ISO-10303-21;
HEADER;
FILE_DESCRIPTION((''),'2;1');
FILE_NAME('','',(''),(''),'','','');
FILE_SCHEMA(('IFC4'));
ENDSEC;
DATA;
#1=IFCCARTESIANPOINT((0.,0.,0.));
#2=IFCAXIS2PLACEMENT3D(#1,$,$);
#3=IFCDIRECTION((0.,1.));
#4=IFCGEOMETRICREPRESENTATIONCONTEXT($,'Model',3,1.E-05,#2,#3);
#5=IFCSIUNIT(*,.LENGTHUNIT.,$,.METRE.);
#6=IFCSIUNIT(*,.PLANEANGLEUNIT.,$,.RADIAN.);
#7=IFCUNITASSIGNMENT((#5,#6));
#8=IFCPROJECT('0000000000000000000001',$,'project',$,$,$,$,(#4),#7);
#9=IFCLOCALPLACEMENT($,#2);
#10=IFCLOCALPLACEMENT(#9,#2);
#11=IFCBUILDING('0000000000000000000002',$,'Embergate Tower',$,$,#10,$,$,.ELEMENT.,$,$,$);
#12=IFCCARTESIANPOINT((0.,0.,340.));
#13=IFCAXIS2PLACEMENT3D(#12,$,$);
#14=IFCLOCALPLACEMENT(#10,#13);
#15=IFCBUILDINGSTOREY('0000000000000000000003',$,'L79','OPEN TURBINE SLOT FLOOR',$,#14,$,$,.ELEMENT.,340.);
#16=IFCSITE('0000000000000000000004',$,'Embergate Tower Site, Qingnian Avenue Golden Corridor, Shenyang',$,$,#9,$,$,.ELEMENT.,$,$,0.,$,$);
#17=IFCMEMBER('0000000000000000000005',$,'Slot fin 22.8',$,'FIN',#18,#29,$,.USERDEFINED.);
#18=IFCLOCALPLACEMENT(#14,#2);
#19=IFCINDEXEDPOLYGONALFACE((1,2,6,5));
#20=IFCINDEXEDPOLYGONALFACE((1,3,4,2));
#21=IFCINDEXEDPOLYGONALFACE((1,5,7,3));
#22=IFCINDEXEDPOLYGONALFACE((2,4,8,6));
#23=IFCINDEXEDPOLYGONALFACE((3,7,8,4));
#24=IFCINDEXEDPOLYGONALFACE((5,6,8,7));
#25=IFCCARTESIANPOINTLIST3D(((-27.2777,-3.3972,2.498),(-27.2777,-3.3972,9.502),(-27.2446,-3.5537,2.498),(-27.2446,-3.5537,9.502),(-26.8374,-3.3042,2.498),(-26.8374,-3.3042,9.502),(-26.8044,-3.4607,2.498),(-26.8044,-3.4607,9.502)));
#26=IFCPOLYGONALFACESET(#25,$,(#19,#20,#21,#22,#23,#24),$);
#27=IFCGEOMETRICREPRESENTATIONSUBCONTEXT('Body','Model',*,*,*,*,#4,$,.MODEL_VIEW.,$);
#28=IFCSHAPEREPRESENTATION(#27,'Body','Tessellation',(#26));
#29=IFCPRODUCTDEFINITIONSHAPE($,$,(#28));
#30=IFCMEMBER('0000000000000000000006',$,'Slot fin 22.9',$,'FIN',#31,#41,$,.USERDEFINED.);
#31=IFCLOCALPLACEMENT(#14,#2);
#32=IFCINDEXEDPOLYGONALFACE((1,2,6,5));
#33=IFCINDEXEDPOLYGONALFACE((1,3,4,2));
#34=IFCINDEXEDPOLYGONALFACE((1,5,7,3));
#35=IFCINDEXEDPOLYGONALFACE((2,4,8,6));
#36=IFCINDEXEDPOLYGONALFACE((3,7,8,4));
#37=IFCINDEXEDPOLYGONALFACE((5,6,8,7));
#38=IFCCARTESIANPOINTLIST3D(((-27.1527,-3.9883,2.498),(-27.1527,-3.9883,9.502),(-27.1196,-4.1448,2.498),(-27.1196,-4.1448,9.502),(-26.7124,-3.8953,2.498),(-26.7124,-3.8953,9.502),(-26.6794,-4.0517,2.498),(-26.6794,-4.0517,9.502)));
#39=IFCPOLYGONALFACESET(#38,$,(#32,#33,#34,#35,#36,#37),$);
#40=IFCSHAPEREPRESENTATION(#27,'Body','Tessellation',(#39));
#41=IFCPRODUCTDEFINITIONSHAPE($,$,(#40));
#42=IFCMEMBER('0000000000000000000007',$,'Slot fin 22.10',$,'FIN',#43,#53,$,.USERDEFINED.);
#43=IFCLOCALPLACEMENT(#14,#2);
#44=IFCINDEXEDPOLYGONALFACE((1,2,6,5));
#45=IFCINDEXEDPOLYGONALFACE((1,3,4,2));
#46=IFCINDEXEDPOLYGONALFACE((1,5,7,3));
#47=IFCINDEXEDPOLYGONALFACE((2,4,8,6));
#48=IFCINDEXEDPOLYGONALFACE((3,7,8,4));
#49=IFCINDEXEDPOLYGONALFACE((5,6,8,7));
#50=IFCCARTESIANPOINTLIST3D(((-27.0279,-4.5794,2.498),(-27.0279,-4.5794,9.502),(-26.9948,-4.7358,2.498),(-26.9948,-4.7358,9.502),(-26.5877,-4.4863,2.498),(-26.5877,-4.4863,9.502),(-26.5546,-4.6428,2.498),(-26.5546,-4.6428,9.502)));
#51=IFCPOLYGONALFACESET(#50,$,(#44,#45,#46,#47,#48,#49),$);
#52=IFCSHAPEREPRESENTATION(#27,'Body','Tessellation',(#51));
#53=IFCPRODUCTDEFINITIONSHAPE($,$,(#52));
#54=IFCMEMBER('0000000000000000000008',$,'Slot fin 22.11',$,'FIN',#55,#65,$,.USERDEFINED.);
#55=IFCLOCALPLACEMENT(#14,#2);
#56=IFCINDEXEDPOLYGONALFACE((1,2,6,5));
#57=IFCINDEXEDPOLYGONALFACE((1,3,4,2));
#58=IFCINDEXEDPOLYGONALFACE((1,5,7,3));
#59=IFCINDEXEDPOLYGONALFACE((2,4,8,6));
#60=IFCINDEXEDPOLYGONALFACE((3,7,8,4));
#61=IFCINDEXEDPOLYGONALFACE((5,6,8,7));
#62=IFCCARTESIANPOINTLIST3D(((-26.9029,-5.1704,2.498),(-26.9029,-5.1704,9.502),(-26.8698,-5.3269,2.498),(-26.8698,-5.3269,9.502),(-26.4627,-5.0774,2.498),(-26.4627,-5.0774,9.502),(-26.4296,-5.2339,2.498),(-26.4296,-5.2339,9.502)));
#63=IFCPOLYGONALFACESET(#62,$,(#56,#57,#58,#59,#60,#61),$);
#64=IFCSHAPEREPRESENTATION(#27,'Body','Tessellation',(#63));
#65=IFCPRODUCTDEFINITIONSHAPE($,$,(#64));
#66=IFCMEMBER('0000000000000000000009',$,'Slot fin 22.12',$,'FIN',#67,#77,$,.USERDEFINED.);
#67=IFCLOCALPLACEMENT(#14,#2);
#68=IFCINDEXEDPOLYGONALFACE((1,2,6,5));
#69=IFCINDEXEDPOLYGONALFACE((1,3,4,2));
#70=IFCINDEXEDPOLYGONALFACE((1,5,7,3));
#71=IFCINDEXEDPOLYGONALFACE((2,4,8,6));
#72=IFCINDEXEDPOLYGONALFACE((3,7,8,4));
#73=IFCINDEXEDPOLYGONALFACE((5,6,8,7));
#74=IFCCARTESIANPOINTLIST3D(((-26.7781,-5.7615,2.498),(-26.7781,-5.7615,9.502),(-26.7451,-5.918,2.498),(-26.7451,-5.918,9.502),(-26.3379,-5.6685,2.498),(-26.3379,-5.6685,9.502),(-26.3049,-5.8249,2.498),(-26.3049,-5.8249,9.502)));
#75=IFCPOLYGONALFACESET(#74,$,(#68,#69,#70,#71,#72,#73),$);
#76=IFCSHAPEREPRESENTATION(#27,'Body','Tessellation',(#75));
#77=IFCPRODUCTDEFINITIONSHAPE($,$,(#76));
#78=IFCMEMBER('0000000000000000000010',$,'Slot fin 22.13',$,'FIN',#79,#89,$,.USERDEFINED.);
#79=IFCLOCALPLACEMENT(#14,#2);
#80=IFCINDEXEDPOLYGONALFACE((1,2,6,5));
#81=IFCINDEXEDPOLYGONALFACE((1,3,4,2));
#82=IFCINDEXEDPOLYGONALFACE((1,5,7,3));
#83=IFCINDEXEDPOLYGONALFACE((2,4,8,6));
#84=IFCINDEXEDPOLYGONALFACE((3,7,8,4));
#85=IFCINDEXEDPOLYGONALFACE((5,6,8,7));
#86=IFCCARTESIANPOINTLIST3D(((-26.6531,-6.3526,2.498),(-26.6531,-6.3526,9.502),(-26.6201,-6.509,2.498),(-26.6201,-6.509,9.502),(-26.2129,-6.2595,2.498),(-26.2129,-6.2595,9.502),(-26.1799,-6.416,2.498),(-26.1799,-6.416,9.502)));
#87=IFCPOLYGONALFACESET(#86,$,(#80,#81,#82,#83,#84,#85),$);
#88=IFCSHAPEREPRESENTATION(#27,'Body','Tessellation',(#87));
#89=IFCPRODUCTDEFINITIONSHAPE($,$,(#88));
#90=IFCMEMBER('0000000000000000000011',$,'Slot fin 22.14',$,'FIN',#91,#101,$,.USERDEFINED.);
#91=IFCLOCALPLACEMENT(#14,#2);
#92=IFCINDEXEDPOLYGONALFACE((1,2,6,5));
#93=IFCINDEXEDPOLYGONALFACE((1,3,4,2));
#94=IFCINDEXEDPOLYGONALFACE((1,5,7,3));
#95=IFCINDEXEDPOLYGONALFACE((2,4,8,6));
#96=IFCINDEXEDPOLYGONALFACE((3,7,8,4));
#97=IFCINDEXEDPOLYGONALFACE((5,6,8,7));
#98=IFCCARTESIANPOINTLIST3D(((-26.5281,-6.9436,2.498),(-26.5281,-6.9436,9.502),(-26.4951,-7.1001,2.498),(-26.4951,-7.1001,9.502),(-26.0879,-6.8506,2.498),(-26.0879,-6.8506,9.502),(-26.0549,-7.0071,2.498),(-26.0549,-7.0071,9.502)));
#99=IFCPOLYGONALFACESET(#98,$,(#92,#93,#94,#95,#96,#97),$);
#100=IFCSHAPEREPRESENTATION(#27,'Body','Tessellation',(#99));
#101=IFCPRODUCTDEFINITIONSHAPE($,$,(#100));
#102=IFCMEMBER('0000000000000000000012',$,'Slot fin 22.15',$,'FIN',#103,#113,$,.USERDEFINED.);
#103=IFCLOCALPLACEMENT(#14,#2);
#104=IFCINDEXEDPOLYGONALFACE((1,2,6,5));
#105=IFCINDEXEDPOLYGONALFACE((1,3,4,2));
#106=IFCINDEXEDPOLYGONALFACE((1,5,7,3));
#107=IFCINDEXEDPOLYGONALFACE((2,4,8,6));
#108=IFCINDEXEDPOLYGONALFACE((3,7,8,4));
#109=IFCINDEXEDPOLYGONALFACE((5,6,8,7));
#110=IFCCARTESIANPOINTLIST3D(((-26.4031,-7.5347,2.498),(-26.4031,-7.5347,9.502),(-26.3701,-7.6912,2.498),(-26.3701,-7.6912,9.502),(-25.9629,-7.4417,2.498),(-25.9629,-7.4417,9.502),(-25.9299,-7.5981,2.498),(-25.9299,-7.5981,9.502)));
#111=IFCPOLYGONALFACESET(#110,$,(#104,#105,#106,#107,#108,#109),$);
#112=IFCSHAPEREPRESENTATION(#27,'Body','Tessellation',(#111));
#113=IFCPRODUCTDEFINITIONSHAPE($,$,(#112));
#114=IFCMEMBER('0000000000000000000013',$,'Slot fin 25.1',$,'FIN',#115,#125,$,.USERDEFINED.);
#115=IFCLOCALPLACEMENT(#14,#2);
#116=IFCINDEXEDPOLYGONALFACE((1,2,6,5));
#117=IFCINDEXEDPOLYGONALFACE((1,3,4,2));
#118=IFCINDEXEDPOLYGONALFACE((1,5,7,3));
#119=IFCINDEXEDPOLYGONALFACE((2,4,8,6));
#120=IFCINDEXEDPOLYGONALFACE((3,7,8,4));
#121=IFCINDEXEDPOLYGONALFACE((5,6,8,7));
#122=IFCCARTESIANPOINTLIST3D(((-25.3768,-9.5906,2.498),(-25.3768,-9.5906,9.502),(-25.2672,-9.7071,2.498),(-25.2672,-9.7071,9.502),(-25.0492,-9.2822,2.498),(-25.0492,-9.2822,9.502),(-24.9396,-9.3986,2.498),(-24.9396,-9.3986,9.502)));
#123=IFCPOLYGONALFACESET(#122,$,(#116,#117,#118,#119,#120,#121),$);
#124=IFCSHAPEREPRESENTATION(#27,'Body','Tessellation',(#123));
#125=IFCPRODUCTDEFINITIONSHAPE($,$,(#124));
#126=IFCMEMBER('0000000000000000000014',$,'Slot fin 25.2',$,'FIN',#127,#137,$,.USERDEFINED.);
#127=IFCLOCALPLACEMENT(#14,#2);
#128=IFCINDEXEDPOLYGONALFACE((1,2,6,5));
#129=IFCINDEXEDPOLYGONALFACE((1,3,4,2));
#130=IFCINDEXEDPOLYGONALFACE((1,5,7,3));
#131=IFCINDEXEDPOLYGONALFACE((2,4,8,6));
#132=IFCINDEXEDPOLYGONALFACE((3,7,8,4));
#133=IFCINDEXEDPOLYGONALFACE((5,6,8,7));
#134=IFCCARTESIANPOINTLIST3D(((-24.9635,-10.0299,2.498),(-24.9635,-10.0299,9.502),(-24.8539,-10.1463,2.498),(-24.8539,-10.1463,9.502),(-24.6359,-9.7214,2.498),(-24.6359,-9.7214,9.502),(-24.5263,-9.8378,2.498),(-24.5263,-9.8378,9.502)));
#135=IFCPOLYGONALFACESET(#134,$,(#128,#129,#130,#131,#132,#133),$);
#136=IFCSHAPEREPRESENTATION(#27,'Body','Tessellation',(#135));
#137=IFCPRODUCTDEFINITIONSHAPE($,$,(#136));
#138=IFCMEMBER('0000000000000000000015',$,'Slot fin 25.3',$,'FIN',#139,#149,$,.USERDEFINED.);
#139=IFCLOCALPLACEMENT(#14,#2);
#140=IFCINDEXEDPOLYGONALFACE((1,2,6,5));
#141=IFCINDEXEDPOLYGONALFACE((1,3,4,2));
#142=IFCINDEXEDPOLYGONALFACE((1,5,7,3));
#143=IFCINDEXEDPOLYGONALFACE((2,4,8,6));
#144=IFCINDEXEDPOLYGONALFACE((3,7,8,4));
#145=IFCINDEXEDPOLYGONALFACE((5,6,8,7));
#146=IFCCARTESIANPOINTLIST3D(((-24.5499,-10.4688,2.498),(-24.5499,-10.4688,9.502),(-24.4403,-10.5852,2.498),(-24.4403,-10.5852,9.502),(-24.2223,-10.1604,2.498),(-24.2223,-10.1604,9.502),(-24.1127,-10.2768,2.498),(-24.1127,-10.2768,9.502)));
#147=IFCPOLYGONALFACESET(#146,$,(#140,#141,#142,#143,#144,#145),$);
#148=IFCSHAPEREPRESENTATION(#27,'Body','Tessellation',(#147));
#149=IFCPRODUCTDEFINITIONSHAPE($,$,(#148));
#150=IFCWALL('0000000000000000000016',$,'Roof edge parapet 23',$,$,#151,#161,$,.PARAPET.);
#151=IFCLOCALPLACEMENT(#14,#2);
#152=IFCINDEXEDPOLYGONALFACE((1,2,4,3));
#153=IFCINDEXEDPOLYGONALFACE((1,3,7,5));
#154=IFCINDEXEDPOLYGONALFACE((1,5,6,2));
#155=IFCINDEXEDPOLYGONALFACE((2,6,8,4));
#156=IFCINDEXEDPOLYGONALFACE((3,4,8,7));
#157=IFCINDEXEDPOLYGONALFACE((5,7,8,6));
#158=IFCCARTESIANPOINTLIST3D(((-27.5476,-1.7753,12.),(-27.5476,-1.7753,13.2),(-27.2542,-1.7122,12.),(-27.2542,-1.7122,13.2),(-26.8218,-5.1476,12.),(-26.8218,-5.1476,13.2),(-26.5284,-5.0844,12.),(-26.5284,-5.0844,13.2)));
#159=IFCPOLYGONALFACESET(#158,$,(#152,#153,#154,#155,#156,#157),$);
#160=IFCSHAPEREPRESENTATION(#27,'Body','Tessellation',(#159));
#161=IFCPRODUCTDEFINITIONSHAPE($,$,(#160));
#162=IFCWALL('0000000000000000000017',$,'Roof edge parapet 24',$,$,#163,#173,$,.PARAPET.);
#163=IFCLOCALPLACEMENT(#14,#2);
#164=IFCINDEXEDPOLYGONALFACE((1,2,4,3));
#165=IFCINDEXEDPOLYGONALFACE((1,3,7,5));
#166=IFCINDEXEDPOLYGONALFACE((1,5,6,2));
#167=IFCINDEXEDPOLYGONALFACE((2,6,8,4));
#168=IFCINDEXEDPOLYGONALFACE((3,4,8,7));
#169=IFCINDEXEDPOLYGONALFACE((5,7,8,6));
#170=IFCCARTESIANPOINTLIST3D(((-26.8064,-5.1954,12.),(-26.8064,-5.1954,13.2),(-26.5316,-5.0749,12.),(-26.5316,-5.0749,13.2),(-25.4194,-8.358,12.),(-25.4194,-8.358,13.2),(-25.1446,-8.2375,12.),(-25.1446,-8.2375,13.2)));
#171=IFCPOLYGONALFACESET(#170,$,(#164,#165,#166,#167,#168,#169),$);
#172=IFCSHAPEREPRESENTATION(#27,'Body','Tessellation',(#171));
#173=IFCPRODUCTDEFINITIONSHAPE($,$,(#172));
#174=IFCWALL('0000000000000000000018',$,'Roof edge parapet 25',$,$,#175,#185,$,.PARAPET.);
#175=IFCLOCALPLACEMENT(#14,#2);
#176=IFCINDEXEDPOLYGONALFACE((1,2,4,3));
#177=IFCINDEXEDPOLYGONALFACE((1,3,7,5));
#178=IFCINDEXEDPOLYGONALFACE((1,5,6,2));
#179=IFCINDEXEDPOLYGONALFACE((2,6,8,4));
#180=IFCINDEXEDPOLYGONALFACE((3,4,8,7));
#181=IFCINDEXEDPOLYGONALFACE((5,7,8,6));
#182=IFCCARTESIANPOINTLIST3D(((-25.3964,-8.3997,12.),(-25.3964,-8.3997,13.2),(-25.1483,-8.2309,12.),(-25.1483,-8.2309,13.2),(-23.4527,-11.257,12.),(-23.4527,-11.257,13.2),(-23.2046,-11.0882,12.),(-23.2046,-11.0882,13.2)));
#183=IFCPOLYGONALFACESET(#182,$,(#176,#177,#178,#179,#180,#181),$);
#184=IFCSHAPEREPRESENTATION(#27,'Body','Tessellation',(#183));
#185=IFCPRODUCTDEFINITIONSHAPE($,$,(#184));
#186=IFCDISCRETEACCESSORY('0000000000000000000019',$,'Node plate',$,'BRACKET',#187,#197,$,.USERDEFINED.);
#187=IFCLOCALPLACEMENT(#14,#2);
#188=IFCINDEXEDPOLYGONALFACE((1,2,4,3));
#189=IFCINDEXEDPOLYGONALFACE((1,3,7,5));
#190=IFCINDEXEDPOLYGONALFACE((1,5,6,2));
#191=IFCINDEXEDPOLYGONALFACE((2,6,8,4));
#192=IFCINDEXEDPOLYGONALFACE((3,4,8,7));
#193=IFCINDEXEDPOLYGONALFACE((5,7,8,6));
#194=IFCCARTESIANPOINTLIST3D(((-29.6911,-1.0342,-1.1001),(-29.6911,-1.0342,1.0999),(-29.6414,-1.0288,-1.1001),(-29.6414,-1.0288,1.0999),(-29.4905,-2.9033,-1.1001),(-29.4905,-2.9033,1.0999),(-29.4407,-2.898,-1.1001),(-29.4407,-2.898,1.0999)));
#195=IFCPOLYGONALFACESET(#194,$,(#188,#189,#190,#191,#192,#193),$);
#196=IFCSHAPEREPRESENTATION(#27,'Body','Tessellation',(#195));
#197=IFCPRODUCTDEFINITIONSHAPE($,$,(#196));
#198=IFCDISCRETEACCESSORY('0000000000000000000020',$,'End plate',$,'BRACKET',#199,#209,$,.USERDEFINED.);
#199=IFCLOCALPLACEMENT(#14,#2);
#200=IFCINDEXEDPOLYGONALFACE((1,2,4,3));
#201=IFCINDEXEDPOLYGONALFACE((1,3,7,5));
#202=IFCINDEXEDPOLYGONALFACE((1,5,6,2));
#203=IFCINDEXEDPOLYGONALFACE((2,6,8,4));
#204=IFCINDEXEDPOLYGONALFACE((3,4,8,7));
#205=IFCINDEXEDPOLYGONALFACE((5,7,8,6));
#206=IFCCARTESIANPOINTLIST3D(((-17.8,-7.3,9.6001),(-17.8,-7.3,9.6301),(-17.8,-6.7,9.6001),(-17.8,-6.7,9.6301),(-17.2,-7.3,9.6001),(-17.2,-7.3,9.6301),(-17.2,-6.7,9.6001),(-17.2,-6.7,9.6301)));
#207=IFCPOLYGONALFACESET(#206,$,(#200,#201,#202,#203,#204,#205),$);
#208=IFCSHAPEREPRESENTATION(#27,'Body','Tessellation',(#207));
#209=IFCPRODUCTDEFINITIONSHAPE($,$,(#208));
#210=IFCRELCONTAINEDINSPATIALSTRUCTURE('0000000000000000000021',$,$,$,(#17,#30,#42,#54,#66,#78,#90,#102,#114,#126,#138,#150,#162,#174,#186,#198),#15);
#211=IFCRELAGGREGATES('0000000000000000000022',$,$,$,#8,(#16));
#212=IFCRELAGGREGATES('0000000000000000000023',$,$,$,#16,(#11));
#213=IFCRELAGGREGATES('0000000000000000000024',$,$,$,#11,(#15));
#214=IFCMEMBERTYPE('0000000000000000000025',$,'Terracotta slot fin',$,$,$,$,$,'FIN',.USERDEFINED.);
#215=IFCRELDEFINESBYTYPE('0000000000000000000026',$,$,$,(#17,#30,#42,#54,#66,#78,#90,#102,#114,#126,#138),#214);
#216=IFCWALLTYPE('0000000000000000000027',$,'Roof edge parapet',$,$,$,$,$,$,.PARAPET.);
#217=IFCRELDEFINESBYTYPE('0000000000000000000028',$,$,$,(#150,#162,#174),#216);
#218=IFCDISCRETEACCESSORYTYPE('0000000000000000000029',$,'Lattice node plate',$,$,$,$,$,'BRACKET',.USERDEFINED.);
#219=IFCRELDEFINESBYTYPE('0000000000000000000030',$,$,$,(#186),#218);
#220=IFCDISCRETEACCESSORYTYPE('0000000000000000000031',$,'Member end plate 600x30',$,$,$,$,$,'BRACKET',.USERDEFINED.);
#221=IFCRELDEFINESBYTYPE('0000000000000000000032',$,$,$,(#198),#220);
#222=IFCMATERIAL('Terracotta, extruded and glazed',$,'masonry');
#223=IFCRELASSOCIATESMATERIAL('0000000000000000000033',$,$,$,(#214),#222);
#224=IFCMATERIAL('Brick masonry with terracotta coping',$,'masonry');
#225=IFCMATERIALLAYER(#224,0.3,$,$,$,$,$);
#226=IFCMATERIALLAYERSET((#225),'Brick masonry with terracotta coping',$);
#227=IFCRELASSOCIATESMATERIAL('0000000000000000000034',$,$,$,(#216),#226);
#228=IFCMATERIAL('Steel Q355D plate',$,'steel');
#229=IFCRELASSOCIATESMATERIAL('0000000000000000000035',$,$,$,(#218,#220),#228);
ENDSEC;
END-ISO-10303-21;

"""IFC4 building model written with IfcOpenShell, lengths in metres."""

from ifc_helpers import new_model, si_unit, direction, frame, frame_2d, origin, origin_2d, place, context, subcontext, project, spatial, rectangle, extrude, source, transform, mapped, material, layer, layer_set, material_profile, profile_set, type_object, element, save


model = new_model("IFC4")

# Units and contexts
model_context = context("Model", 3, precision=1e-05, world=origin(), true_north=direction((0.0, 1.0)))
body_context = subcontext(model_context, "Body", "Model", "MODEL_VIEW")
ifc_project = project(units=[si_unit("LENGTHUNIT", "METRE"), si_unit("PLANEANGLEUNIT", "RADIAN")], contexts=[model_context])

# Site, building, storey
site_placement = place(None, origin())
site = spatial("IfcSite", under=ifc_project, at=site_placement, Name="Embergate Tower Site, Qingnian Avenue Golden Corridor, Shenyang", CompositionType="ELEMENT", RefElevation=0.0)
building_placement = place(site_placement, origin())
building = spatial("IfcBuilding", under=site, at=building_placement, Name="Embergate Tower", CompositionType="ELEMENT")
storey_placement = place(building_placement, frame((0.0, 0.0, 340.0)))
storey = spatial("IfcBuildingStorey", under=building, at=storey_placement, Name="L79", Description="OPEN TURBINE SLOT FLOOR", CompositionType="ELEMENT", Elevation=340.0)

# Members
ifc_material_1 = material(Name="Terracotta, extruded and glazed", Category="masonry")
ifc_material_profile_1 = material_profile(ifc_material_1, rectangle(XDim=0.45, YDim=0.1599, at=origin_2d()), Name="TC 450x160")
ifc_profile_set_1 = profile_set([ifc_material_profile_1], Name="Terracotta, extruded and glazed")
member_type_1 = type_object("IfcMemberType", Name="Terracotta slot fin", ElementType="FIN", PredefinedType="USERDEFINED", material=ifc_profile_set_1)
shared_shape_1 = source(origin(), body_context, "Body", "SweptSolid", [
    extrude(rectangle(XDim=0.45, YDim=0.1599, at=origin_2d()), origin(), (0.0, 0.0, 1.0), 7.0039),
])
for number, where, z_axis, x_axis, name in (
    (1, (-27.041, -3.429, 2.498), (0.0, 0.0, 1.0), (0.978391, 0.206763, 0.0), "Slot fin 22.8"),
    (2, (-26.916, -4.02, 2.498), (0.0, 0.0, 1.0), (0.978391, 0.206763, 0.0), "Slot fin 22.9"),
    (3, (-26.7913, -4.6111, 2.498), (0.0, 0.0, 1.0), (0.978391, 0.206763, 0.0), "Slot fin 22.10"),
    (4, (-26.6663, -5.2021, 2.498), (0.0, 0.0, 1.0), (0.978391, 0.206763, 0.0), "Slot fin 22.11"),
    (5, (-26.5415, -5.7932, 2.498), (0.0, 0.0, 1.0), (0.978391, 0.206763, 0.0), "Slot fin 22.12"),
    (6, (-26.4165, -6.3843, 2.498), (0.0, 0.0, 1.0), (0.978391, 0.206763, 0.0), "Slot fin 22.13"),
    (7, (-26.2915, -6.9753, 2.498), (0.0, 0.0, 1.0), (0.978391, 0.206763, 0.0), "Slot fin 22.14"),
    (8, (-26.1665, -7.5664, 2.498), (0.0, 0.0, 1.0), (0.978391, 0.206763, 0.0), "Slot fin 22.15"),
    (9, (-25.1582, -9.4946, 2.498), (0.0, 0.0, 1.0), (0.728041, 0.685534, 0.0), "Slot fin 25.1"),
    (10, (-24.7449, -9.9338, 2.498), (0.0, 0.0, 1.0), (0.728041, 0.685534, 0.0), "Slot fin 25.2"),
    (11, (-24.3313, -10.3728, 2.498), (0.0, 0.0, 1.0), (0.728041, 0.685534, 0.0), "Slot fin 25.3"),
):
    element("IfcMember", number, at=place(storey_placement, frame(where, z_axis=z_axis, x_axis=x_axis)), inside=storey, type_object=member_type_1, Name=name, ObjectType="FIN", PredefinedType="USERDEFINED", context=body_context, shape_type="MappedRepresentation", body=[
        mapped(shared_shape_1, transform((0.0, 0.0, 0.0))),
    ])

# Walls
ifc_material_2 = material(Name="Brick masonry with terracotta coping", Category="masonry")
ifc_layer = layer(ifc_material_2, 0.3)
ifc_layer_set = layer_set([ifc_layer], Name="Brick masonry with terracotta coping")
wall_type = type_object("IfcWallType", Name="Roof edge parapet", PredefinedType="PARAPET", material=ifc_layer_set)
shared_shape_2 = source(origin(), body_context, "Body", "SweptSolid", [
    extrude(rectangle(XDim=3.4495, YDim=0.3, at=frame_2d((1.7246, 0.0))), origin(), (0.0, 0.0, 1.0), 1.2),
])
wall_1_placement = place(storey_placement, frame((-27.4009, -1.7439, 12.0), z_axis=(0.0, 0.0, 1.0), x_axis=(0.210414, -0.977612, 0.0)))
element("IfcWall", 12, at=wall_1_placement, inside=storey, type_object=wall_type, Name="Roof edge parapet 23", PredefinedType="PARAPET", context=body_context, shape_type="MappedRepresentation", body=[
    mapped(shared_shape_2, transform((0.0, 0.0, 0.0))),
])
shared_shape_3 = source(origin(), body_context, "Body", "SweptSolid", [
    extrude(rectangle(XDim=3.4534, YDim=0.3, at=frame_2d((1.7266, 0.0))), origin(), (0.0, 0.0, 1.0), 1.2),
])
wall_2_placement = place(storey_placement, frame((-26.6689, -5.1353, 12.0), z_axis=(0.0, 0.0, 1.0), x_axis=(0.401627, -0.915803, 0.0)))
element("IfcWall", 13, at=wall_2_placement, inside=storey, type_object=wall_type, Name="Roof edge parapet 24", PredefinedType="PARAPET", context=body_context, shape_type="MappedRepresentation", body=[
    mapped(shared_shape_3, transform((0.0, 0.0, 0.0))),
])
shared_shape_4 = source(origin(), body_context, "Body", "SweptSolid", [
    extrude(rectangle(XDim=3.4558, YDim=0.3, at=frame_2d((1.728, 0.0))), origin(), (0.0, 0.0, 1.0), 1.2),
])
wall_3_placement = place(storey_placement, frame((-25.2725, -8.3152, 12.0), z_axis=(0.0, 0.0, 1.0), x_axis=(0.562468, -0.826819, 0.0)))
element("IfcWall", 14, at=wall_3_placement, inside=storey, type_object=wall_type, Name="Roof edge parapet 25", PredefinedType="PARAPET", context=body_context, shape_type="MappedRepresentation", body=[
    mapped(shared_shape_4, transform((0.0, 0.0, 0.0))),
])

# Discrete accessories
ifc_material_3 = material(Name="Steel Q355D plate", Category="steel")
discrete_accessory_type_1 = type_object("IfcDiscreteAccessoryType", Name="Lattice node plate", ElementType="BRACKET", PredefinedType="USERDEFINED", material=ifc_material_3)
shared_shape_5 = source(origin(), body_context, "Body", "SweptSolid", [
    extrude(rectangle(XDim=1.8799, YDim=0.05, at=origin_2d()), origin(), (0.0, 0.0, 1.0), 2.2),
])
discrete_accessory_1_placement = place(storey_placement, frame((-29.5659, -1.9661, -1.1001), z_axis=(0.0, 0.0, 1.0), x_axis=(0.10675, -0.994286, 0.0)))
element("IfcDiscreteAccessory", 15, at=discrete_accessory_1_placement, inside=storey, type_object=discrete_accessory_type_1, Name="Node plate", ObjectType="BRACKET", PredefinedType="USERDEFINED", context=body_context, shape_type="MappedRepresentation", body=[
    mapped(shared_shape_5, transform((0.0, 0.0, 0.0))),
])
discrete_accessory_type_2 = type_object("IfcDiscreteAccessoryType", Name="Member end plate 600x30", ElementType="BRACKET", PredefinedType="USERDEFINED", material=ifc_material_3)
shared_shape_6 = source(origin(), body_context, "Body", "SweptSolid", [
    extrude(rectangle(XDim=0.6001, YDim=0.6001, at=origin_2d()), origin(), (0.0, 0.0, 1.0), 0.03),
])
discrete_accessory_2_placement = place(storey_placement, frame((-17.5, -7.0, 9.6001), z_axis=(0.0, 0.0, 1.0), x_axis=(1.0, 0.0, 0.0)))
element("IfcDiscreteAccessory", 16, at=discrete_accessory_2_placement, inside=storey, type_object=discrete_accessory_type_2, Name="End plate", ObjectType="BRACKET", PredefinedType="USERDEFINED", context=body_context, shape_type="MappedRepresentation", body=[
    mapped(shared_shape_6, transform((0.0, 0.0, 0.0))),
])

save(model, "model.ifc")
